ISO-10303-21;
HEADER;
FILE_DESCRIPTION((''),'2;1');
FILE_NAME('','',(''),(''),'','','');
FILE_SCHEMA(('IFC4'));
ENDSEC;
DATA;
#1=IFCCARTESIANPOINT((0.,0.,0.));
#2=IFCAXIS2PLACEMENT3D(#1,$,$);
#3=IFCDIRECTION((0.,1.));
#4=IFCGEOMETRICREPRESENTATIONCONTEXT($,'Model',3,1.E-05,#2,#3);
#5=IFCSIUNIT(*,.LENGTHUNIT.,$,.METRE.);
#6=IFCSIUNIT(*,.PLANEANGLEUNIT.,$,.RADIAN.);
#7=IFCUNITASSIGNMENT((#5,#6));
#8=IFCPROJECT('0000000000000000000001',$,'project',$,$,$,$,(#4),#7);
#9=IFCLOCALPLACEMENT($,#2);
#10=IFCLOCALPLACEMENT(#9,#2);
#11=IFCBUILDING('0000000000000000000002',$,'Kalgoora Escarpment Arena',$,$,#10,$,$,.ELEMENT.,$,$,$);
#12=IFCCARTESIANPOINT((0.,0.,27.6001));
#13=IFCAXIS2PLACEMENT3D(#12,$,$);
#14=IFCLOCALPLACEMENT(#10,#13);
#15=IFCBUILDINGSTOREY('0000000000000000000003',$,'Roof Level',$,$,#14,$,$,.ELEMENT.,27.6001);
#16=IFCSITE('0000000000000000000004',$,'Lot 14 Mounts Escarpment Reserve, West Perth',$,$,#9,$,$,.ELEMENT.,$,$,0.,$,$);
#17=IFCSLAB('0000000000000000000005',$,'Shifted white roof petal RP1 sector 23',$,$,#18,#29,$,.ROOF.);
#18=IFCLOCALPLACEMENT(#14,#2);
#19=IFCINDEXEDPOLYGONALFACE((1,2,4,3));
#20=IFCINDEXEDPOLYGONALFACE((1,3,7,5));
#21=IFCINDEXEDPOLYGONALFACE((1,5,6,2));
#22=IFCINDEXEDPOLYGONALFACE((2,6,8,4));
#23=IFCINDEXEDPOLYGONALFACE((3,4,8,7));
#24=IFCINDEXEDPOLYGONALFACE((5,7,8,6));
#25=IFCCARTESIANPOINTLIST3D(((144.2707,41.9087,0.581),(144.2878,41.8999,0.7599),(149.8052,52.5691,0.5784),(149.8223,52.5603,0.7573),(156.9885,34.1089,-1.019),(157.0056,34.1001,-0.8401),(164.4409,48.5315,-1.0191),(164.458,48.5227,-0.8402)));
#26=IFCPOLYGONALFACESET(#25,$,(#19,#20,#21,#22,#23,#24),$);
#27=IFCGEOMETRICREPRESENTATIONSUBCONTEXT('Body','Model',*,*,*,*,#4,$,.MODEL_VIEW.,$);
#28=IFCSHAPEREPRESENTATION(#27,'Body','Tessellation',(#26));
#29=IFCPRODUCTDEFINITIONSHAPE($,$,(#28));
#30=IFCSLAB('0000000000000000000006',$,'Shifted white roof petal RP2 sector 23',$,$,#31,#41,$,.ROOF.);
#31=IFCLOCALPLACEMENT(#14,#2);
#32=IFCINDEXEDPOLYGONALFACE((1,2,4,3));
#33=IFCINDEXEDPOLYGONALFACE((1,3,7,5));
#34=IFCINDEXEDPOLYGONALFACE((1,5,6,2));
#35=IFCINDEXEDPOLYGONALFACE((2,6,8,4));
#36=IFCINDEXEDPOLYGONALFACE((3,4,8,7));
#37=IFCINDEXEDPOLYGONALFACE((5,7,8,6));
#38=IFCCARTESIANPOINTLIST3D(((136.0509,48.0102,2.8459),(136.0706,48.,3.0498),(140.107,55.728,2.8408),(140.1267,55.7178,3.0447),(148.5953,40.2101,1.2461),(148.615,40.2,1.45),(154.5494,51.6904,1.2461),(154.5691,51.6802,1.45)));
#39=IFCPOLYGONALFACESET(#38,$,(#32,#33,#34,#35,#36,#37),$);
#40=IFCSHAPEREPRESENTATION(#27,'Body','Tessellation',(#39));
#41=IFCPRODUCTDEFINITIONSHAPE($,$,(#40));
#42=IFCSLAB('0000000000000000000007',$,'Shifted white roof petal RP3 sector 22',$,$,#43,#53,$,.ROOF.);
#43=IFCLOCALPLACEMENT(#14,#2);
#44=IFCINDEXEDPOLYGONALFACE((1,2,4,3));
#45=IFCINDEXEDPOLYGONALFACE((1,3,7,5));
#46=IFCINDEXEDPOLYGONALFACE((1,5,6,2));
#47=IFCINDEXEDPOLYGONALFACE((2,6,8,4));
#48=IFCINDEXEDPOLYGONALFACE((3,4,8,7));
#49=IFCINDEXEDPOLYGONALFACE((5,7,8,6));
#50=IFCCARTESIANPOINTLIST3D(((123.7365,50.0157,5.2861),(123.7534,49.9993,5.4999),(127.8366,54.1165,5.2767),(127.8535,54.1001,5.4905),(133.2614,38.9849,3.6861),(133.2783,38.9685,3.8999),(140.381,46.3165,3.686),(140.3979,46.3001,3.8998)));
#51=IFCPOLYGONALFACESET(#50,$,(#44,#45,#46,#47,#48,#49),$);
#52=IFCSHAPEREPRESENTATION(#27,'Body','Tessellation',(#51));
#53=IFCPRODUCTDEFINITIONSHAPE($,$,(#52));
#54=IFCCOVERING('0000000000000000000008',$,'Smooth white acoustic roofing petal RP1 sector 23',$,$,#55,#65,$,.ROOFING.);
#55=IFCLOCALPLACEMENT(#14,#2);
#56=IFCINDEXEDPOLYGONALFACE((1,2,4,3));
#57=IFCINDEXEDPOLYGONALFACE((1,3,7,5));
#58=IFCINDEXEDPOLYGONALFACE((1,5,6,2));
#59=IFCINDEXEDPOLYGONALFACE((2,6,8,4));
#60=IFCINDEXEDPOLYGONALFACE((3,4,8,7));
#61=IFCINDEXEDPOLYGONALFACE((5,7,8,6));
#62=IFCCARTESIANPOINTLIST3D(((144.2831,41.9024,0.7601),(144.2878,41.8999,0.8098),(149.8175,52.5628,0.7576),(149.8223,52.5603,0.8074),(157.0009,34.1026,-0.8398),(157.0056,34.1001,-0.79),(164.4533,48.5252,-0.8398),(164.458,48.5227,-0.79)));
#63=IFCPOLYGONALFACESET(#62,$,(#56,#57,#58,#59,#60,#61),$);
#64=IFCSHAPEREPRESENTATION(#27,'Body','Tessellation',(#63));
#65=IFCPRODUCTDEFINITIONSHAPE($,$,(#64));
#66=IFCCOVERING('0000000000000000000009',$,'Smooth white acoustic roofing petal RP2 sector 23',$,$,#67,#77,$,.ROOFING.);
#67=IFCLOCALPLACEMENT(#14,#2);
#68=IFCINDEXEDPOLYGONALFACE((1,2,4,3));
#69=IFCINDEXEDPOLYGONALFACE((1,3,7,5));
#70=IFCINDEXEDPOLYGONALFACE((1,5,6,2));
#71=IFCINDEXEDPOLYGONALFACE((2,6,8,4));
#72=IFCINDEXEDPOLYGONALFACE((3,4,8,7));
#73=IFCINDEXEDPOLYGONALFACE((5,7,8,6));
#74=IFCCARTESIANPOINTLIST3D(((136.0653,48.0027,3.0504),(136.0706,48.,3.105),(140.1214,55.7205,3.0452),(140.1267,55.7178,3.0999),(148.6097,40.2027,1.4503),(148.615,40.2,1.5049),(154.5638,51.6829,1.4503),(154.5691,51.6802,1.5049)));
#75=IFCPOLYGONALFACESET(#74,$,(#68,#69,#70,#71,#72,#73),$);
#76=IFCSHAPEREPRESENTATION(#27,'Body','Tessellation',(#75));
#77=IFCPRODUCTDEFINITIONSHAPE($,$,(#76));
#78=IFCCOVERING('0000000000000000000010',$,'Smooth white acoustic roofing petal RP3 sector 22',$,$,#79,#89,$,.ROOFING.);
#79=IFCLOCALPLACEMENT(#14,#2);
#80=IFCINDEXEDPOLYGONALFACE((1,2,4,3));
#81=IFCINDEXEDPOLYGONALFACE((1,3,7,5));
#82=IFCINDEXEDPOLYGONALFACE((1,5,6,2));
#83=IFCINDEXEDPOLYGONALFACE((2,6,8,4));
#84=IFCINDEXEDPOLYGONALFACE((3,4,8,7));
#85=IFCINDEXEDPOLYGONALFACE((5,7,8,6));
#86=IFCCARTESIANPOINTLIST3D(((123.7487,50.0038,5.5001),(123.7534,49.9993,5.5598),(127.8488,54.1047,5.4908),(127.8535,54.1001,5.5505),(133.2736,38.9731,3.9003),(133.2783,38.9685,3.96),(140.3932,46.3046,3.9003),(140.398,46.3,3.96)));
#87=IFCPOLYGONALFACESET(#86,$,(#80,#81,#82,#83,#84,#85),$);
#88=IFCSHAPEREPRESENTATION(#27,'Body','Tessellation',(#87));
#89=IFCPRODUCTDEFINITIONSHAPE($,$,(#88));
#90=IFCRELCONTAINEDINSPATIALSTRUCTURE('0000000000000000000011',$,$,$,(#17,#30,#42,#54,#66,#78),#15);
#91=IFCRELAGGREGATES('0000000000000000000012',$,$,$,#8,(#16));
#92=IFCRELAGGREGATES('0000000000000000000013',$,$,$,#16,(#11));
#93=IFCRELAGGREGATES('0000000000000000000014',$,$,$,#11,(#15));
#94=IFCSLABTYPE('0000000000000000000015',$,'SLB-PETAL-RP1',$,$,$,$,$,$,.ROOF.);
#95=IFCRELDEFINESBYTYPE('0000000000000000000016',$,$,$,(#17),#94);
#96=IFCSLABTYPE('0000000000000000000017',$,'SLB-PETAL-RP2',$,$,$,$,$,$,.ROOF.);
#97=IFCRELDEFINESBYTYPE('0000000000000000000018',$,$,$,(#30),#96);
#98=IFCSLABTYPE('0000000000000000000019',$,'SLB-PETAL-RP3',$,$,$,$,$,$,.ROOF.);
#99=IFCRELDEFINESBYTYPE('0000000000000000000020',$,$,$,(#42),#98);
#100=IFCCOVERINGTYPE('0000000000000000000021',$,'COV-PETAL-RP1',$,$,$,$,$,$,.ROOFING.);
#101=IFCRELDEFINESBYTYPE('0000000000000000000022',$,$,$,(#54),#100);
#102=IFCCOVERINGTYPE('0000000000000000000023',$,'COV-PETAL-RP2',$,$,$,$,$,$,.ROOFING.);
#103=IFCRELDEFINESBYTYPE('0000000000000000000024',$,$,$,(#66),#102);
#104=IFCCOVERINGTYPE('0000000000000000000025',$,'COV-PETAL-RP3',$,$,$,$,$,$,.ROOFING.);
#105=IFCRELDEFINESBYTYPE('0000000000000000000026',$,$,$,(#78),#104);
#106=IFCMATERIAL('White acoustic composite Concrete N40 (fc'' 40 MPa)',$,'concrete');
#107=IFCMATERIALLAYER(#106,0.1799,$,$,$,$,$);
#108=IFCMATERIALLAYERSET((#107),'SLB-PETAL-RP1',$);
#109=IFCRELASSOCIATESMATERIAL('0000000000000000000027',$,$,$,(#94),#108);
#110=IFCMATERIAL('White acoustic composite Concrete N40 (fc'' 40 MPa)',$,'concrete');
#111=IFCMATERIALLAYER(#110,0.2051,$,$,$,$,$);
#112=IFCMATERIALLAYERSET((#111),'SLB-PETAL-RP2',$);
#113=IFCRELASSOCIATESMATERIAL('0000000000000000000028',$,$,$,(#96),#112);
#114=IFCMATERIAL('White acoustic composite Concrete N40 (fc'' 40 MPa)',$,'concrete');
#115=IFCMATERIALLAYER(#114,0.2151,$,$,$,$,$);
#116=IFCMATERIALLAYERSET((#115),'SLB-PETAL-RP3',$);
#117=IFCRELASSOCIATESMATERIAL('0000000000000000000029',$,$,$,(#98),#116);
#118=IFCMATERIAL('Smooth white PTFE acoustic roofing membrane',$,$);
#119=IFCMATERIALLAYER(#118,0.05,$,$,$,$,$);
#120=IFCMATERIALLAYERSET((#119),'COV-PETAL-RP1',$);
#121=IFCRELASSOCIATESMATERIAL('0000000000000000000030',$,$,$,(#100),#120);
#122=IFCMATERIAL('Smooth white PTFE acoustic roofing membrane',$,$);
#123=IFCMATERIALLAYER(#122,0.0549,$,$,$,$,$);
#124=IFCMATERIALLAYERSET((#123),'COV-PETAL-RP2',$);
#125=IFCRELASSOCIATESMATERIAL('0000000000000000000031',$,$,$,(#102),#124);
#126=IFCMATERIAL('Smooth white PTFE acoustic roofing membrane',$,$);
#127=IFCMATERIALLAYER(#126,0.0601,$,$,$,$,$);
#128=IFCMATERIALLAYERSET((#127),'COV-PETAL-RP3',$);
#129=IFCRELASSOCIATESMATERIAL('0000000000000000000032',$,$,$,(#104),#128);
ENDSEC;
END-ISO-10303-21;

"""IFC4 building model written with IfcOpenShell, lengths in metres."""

from ifc_helpers import new_model, si_unit, direction, frame, origin, place, context, subcontext, project, spatial, polyline, outline, extrude, material, layer, layer_set, type_object, element, save


model = new_model("IFC4")

# Units and contexts
model_context = context("Model", 3, precision=1e-05, world=origin(), true_north=direction((0.0, 1.0)))
body_context = subcontext(model_context, "Body", "Model", "MODEL_VIEW")
ifc_project = project(units=[si_unit("LENGTHUNIT", "METRE"), si_unit("PLANEANGLEUNIT", "RADIAN")], contexts=[model_context])

# Site, building, storey
site_placement = place(None, origin())
site = spatial("IfcSite", under=ifc_project, at=site_placement, Name="Lot 14 Mounts Escarpment Reserve, West Perth", CompositionType="ELEMENT", RefElevation=0.0)
building_placement = place(site_placement, origin())
building = spatial("IfcBuilding", under=site, at=building_placement, Name="Kalgoora Escarpment Arena", CompositionType="ELEMENT")
storey_placement = place(building_placement, frame((0.0, 0.0, 27.6001)))
storey = spatial("IfcBuildingStorey", under=building, at=storey_placement, Name="Roof Level", CompositionType="ELEMENT", Elevation=27.6001)

# Slabs
ifc_material_1 = material(Name="White acoustic composite Concrete N40 (fc' 40 MPa)", Category="concrete")
ifc_layer_1 = layer(ifc_material_1, 0.1799)
ifc_layer_set_1 = layer_set([ifc_layer_1], Name="SLB-PETAL-RP1")
slab_type_1 = type_object("IfcSlabType", Name="SLB-PETAL-RP1", PredefinedType="ROOF", material=ifc_layer_set_1)
slab_1_placement = place(storey_placement, frame((157.0056, 34.1001, -0.8401), z_axis=(0.094989, -0.049074, 0.994268), x_axis=(0.459054, 0.888408, -0.000007)))
element("IfcSlab", 1, at=slab_1_placement, inside=storey, type_object=slab_type_1, Name="Shifted white roof petal RP1 sector 23", PredefinedType="ROOF", context=body_context, shape_type="SweptSolid", body=[
    extrude(outline(polyline([(0.0, 0.0), (16.2342, 0.0), (13.1026, 14.9416), (1.0913, 14.9649), (0.0, 0.0)])), origin(), (0.0, 0.0, -1.0), 0.1799),
])
ifc_material_2 = material(Name="White acoustic composite Concrete N40 (fc' 40 MPa)", Category="concrete")
ifc_layer_2 = layer(ifc_material_2, 0.2051)
ifc_layer_set_2 = layer_set([ifc_layer_2], Name="SLB-PETAL-RP2")
slab_type_2 = type_object("IfcSlabType", Name="SLB-PETAL-RP2", PredefinedType="ROOF", material=ifc_layer_set_2)
slab_2_placement = place(storey_placement, frame((148.615, 40.2, 1.45), z_axis=(0.095872, -0.049724, 0.994151), x_axis=(0.460402, 0.88771, 0.000001)))
element("IfcSlab", 2, at=slab_2_placement, inside=storey, type_object=slab_type_2, Name="Shifted white roof petal RP2 sector 23", PredefinedType="ROOF", context=body_context, shape_type="SweptSolid", body=[
    extrude(outline(polyline([(0.0, 0.0), (12.9324, 0.0), (9.8673, 14.7659), (1.1487, 14.8136), (0.0, 0.0)])), origin(), (0.0, 0.0, -1.0), 0.2051),
])
ifc_material_3 = material(Name="White acoustic composite Concrete N40 (fc' 40 MPa)", Category="concrete")
ifc_layer_3 = layer(ifc_material_3, 0.2151)
ifc_layer_set_3 = layer_set([ifc_layer_3], Name="SLB-PETAL-RP3")
slab_type_3 = type_object("IfcSlabType", Name="SLB-PETAL-RP3", PredefinedType="ROOF", material=ifc_layer_set_3)
slab_3_placement = place(storey_placement, frame((133.2783, 38.9685, 3.8999), z_axis=(0.078596, -0.076306, 0.993982), x_axis=(0.696662, 0.7174, -0.000013)))
element("IfcSlab", 3, at=slab_3_placement, inside=storey, type_object=slab_type_3, Name="Shifted white roof petal RP3 sector 22", PredefinedType="ROOF", context=body_context, shape_type="SweptSolid", body=[
    extrude(outline(polyline([(0.0, 0.0), (10.2196, 0.0), (7.0761, 14.5207), (1.2778, 14.6058), (0.0, 0.0)])), origin(), (0.0, 0.0, -1.0), 0.2151),
])

# Coverings
ifc_material_4 = material(Name="Smooth white PTFE acoustic roofing membrane")
ifc_layer_4 = layer(ifc_material_4, 0.05)
ifc_layer_set_4 = layer_set([ifc_layer_4], Name="COV-PETAL-RP1")
covering_type_1 = type_object("IfcCoveringType", Name="COV-PETAL-RP1", PredefinedType="ROOFING", material=ifc_layer_set_4)
covering_1_placement = place(storey_placement, frame((157.0056, 34.1001, -0.79), z_axis=(0.094978, -0.049078, 0.994269), x_axis=(0.459055, 0.888408, 0.000002)))
element("IfcCovering", 4, at=covering_1_placement, inside=storey, type_object=covering_type_1, Name="Smooth white acoustic roofing petal RP1 sector 23", PredefinedType="ROOFING", context=body_context, shape_type="SweptSolid", body=[
    extrude(outline(polyline([(0.0, 0.0), (16.2342, 0.0), (13.1026, 14.9416), (1.0913, 14.9649), (0.0, 0.0)])), origin(), (0.0, 0.0, -1.0), 0.05),
])
ifc_material_5 = material(Name="Smooth white PTFE acoustic roofing membrane")
ifc_layer_5 = layer(ifc_material_5, 0.0549)
ifc_layer_set_5 = layer_set([ifc_layer_5], Name="COV-PETAL-RP2")
covering_type_2 = type_object("IfcCoveringType", Name="COV-PETAL-RP2", PredefinedType="ROOFING", material=ifc_layer_set_5)
covering_2_placement = place(storey_placement, frame((148.615, 40.2, 1.5049), z_axis=(0.095886, -0.049732, 0.994149), x_axis=(0.460402, 0.88771, 0.000001)))
element("IfcCovering", 5, at=covering_2_placement, inside=storey, type_object=covering_type_2, Name="Smooth white acoustic roofing petal RP2 sector 23", PredefinedType="ROOFING", context=body_context, shape_type="SweptSolid", body=[
    extrude(outline(polyline([(0.0, 0.0), (12.9324, 0.0), (9.8673, 14.766), (1.1487, 14.8137), (0.0, 0.0)])), origin(), (0.0, 0.0, -1.0), 0.0549),
])
ifc_material_6 = material(Name="Smooth white PTFE acoustic roofing membrane")
ifc_layer_6 = layer(ifc_material_6, 0.0601)
ifc_layer_set_6 = layer_set([ifc_layer_6], Name="COV-PETAL-RP3")
covering_type_3 = type_object("IfcCoveringType", Name="COV-PETAL-RP3", PredefinedType="ROOFING", material=ifc_layer_set_6)
covering_3_placement = place(storey_placement, frame((133.2783, 38.9685, 3.96), z_axis=(0.07858, -0.076312, 0.993983), x_axis=(0.696663, 0.717399, 0.000002)))
element("IfcCovering", 6, at=covering_3_placement, inside=storey, type_object=covering_type_3, Name="Smooth white acoustic roofing petal RP3 sector 22", PredefinedType="ROOFING", context=body_context, shape_type="SweptSolid", body=[
    extrude(outline(polyline([(0.0, 0.0), (10.2196, 0.0), (7.0761, 14.5207), (1.2778, 14.6058), (0.0, 0.0)])), origin(), (0.0, 0.0, -1.0), 0.0601),
])

save(model, "model.ifc")
